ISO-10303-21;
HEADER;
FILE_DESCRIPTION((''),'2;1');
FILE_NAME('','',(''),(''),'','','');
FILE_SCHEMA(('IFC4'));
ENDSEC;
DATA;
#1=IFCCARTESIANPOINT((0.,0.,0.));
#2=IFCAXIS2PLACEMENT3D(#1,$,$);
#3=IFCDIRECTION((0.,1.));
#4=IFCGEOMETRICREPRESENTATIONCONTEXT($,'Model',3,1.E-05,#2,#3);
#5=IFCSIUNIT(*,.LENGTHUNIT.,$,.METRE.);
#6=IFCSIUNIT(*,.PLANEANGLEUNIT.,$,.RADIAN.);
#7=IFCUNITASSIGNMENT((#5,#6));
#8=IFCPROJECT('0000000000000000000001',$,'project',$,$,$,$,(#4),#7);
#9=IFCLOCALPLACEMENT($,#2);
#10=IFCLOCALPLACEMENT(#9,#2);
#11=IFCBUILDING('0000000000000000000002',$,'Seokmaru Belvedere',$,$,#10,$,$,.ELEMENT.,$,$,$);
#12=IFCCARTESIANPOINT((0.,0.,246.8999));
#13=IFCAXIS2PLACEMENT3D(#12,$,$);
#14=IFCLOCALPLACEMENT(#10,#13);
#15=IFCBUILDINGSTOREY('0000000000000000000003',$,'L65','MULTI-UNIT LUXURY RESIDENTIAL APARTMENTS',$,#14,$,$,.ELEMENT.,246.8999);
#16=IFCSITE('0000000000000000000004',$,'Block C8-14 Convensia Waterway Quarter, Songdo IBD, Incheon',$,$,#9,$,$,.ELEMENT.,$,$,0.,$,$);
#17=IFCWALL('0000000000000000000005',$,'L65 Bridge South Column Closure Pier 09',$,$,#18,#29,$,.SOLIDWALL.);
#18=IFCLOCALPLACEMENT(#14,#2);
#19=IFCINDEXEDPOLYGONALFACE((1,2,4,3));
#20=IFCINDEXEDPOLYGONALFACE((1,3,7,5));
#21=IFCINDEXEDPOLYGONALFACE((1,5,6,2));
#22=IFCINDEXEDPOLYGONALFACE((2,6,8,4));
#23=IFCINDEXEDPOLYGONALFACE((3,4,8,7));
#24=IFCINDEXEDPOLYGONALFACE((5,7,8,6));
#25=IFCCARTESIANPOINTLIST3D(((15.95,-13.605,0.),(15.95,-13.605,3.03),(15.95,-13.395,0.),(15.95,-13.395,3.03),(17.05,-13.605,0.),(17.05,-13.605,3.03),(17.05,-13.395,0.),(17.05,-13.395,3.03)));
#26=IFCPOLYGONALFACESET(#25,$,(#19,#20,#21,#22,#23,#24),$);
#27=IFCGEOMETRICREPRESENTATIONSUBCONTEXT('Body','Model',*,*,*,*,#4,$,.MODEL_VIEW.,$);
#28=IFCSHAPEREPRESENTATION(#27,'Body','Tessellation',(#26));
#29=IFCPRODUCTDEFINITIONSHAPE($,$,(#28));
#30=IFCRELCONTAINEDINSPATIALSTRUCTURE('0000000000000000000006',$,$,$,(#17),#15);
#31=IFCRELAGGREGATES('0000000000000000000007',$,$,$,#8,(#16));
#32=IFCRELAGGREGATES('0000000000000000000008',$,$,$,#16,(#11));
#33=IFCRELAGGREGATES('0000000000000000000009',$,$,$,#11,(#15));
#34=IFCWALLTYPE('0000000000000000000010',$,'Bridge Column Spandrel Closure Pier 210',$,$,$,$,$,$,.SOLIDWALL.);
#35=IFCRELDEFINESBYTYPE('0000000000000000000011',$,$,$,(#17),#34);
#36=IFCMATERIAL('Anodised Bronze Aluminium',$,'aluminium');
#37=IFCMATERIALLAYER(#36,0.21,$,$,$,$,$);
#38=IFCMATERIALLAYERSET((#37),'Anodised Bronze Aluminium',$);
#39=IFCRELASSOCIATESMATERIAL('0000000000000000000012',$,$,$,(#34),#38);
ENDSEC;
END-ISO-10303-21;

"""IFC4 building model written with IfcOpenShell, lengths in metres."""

from ifc_helpers import new_model, si_unit, direction, frame, frame_2d, origin, place, context, subcontext, project, spatial, rectangle, extrude, material, layer, layer_set, type_object, element, save


model = new_model("IFC4")

# Units and contexts
model_context = context("Model", 3, precision=1e-05, world=origin(), true_north=direction((0.0, 1.0)))
body_context = subcontext(model_context, "Body", "Model", "MODEL_VIEW")
ifc_project = project(units=[si_unit("LENGTHUNIT", "METRE"), si_unit("PLANEANGLEUNIT", "RADIAN")], contexts=[model_context])

# Site, building, storey
site_placement = place(None, origin())
site = spatial("IfcSite", under=ifc_project, at=site_placement, Name="Block C8-14 Convensia Waterway Quarter, Songdo IBD, Incheon", CompositionType="ELEMENT", RefElevation=0.0)
building_placement = place(site_placement, origin())
building = spatial("IfcBuilding", under=site, at=building_placement, Name="Seokmaru Belvedere", CompositionType="ELEMENT")
storey_placement = place(building_placement, frame((0.0, 0.0, 246.8999)))
storey = spatial("IfcBuildingStorey", under=building, at=storey_placement, Name="L65", Description="MULTI-UNIT LUXURY RESIDENTIAL APARTMENTS", CompositionType="ELEMENT", Elevation=246.8999)

# Shared definitions
ifc_material_1 = material(Name="Anodised Bronze Aluminium", Category="aluminium")

# Wall
ifc_layer_1 = layer(ifc_material_1, 0.21)
ifc_layer_set_1 = layer_set([ifc_layer_1], Name="Anodised Bronze Aluminium")
wall_type_1 = type_object("IfcWallType", Name="Bridge Column Spandrel Closure Pier 210", PredefinedType="SOLIDWALL", material=ifc_layer_set_1)
for number, where, z_axis, x_axis, name in (
    (1, (15.95, -13.5, 0.0), (0.0, 0.0, 1.0), (1.0, 0.0, 0.0), "L65 Bridge South Column Closure Pier 09"),
):
    element("IfcWall", number, at=place(storey_placement, frame(where, z_axis=z_axis, x_axis=x_axis)), inside=storey, type_object=wall_type_1, Name=name, PredefinedType="SOLIDWALL", context=body_context, shape_type="SweptSolid", body=[
        extrude(rectangle(XDim=1.1001, YDim=0.21, at=frame_2d((0.55, 0.0))), origin(), (0.0, 0.0, 1.0), 3.03),
    ])

save(model, "model.ifc")
